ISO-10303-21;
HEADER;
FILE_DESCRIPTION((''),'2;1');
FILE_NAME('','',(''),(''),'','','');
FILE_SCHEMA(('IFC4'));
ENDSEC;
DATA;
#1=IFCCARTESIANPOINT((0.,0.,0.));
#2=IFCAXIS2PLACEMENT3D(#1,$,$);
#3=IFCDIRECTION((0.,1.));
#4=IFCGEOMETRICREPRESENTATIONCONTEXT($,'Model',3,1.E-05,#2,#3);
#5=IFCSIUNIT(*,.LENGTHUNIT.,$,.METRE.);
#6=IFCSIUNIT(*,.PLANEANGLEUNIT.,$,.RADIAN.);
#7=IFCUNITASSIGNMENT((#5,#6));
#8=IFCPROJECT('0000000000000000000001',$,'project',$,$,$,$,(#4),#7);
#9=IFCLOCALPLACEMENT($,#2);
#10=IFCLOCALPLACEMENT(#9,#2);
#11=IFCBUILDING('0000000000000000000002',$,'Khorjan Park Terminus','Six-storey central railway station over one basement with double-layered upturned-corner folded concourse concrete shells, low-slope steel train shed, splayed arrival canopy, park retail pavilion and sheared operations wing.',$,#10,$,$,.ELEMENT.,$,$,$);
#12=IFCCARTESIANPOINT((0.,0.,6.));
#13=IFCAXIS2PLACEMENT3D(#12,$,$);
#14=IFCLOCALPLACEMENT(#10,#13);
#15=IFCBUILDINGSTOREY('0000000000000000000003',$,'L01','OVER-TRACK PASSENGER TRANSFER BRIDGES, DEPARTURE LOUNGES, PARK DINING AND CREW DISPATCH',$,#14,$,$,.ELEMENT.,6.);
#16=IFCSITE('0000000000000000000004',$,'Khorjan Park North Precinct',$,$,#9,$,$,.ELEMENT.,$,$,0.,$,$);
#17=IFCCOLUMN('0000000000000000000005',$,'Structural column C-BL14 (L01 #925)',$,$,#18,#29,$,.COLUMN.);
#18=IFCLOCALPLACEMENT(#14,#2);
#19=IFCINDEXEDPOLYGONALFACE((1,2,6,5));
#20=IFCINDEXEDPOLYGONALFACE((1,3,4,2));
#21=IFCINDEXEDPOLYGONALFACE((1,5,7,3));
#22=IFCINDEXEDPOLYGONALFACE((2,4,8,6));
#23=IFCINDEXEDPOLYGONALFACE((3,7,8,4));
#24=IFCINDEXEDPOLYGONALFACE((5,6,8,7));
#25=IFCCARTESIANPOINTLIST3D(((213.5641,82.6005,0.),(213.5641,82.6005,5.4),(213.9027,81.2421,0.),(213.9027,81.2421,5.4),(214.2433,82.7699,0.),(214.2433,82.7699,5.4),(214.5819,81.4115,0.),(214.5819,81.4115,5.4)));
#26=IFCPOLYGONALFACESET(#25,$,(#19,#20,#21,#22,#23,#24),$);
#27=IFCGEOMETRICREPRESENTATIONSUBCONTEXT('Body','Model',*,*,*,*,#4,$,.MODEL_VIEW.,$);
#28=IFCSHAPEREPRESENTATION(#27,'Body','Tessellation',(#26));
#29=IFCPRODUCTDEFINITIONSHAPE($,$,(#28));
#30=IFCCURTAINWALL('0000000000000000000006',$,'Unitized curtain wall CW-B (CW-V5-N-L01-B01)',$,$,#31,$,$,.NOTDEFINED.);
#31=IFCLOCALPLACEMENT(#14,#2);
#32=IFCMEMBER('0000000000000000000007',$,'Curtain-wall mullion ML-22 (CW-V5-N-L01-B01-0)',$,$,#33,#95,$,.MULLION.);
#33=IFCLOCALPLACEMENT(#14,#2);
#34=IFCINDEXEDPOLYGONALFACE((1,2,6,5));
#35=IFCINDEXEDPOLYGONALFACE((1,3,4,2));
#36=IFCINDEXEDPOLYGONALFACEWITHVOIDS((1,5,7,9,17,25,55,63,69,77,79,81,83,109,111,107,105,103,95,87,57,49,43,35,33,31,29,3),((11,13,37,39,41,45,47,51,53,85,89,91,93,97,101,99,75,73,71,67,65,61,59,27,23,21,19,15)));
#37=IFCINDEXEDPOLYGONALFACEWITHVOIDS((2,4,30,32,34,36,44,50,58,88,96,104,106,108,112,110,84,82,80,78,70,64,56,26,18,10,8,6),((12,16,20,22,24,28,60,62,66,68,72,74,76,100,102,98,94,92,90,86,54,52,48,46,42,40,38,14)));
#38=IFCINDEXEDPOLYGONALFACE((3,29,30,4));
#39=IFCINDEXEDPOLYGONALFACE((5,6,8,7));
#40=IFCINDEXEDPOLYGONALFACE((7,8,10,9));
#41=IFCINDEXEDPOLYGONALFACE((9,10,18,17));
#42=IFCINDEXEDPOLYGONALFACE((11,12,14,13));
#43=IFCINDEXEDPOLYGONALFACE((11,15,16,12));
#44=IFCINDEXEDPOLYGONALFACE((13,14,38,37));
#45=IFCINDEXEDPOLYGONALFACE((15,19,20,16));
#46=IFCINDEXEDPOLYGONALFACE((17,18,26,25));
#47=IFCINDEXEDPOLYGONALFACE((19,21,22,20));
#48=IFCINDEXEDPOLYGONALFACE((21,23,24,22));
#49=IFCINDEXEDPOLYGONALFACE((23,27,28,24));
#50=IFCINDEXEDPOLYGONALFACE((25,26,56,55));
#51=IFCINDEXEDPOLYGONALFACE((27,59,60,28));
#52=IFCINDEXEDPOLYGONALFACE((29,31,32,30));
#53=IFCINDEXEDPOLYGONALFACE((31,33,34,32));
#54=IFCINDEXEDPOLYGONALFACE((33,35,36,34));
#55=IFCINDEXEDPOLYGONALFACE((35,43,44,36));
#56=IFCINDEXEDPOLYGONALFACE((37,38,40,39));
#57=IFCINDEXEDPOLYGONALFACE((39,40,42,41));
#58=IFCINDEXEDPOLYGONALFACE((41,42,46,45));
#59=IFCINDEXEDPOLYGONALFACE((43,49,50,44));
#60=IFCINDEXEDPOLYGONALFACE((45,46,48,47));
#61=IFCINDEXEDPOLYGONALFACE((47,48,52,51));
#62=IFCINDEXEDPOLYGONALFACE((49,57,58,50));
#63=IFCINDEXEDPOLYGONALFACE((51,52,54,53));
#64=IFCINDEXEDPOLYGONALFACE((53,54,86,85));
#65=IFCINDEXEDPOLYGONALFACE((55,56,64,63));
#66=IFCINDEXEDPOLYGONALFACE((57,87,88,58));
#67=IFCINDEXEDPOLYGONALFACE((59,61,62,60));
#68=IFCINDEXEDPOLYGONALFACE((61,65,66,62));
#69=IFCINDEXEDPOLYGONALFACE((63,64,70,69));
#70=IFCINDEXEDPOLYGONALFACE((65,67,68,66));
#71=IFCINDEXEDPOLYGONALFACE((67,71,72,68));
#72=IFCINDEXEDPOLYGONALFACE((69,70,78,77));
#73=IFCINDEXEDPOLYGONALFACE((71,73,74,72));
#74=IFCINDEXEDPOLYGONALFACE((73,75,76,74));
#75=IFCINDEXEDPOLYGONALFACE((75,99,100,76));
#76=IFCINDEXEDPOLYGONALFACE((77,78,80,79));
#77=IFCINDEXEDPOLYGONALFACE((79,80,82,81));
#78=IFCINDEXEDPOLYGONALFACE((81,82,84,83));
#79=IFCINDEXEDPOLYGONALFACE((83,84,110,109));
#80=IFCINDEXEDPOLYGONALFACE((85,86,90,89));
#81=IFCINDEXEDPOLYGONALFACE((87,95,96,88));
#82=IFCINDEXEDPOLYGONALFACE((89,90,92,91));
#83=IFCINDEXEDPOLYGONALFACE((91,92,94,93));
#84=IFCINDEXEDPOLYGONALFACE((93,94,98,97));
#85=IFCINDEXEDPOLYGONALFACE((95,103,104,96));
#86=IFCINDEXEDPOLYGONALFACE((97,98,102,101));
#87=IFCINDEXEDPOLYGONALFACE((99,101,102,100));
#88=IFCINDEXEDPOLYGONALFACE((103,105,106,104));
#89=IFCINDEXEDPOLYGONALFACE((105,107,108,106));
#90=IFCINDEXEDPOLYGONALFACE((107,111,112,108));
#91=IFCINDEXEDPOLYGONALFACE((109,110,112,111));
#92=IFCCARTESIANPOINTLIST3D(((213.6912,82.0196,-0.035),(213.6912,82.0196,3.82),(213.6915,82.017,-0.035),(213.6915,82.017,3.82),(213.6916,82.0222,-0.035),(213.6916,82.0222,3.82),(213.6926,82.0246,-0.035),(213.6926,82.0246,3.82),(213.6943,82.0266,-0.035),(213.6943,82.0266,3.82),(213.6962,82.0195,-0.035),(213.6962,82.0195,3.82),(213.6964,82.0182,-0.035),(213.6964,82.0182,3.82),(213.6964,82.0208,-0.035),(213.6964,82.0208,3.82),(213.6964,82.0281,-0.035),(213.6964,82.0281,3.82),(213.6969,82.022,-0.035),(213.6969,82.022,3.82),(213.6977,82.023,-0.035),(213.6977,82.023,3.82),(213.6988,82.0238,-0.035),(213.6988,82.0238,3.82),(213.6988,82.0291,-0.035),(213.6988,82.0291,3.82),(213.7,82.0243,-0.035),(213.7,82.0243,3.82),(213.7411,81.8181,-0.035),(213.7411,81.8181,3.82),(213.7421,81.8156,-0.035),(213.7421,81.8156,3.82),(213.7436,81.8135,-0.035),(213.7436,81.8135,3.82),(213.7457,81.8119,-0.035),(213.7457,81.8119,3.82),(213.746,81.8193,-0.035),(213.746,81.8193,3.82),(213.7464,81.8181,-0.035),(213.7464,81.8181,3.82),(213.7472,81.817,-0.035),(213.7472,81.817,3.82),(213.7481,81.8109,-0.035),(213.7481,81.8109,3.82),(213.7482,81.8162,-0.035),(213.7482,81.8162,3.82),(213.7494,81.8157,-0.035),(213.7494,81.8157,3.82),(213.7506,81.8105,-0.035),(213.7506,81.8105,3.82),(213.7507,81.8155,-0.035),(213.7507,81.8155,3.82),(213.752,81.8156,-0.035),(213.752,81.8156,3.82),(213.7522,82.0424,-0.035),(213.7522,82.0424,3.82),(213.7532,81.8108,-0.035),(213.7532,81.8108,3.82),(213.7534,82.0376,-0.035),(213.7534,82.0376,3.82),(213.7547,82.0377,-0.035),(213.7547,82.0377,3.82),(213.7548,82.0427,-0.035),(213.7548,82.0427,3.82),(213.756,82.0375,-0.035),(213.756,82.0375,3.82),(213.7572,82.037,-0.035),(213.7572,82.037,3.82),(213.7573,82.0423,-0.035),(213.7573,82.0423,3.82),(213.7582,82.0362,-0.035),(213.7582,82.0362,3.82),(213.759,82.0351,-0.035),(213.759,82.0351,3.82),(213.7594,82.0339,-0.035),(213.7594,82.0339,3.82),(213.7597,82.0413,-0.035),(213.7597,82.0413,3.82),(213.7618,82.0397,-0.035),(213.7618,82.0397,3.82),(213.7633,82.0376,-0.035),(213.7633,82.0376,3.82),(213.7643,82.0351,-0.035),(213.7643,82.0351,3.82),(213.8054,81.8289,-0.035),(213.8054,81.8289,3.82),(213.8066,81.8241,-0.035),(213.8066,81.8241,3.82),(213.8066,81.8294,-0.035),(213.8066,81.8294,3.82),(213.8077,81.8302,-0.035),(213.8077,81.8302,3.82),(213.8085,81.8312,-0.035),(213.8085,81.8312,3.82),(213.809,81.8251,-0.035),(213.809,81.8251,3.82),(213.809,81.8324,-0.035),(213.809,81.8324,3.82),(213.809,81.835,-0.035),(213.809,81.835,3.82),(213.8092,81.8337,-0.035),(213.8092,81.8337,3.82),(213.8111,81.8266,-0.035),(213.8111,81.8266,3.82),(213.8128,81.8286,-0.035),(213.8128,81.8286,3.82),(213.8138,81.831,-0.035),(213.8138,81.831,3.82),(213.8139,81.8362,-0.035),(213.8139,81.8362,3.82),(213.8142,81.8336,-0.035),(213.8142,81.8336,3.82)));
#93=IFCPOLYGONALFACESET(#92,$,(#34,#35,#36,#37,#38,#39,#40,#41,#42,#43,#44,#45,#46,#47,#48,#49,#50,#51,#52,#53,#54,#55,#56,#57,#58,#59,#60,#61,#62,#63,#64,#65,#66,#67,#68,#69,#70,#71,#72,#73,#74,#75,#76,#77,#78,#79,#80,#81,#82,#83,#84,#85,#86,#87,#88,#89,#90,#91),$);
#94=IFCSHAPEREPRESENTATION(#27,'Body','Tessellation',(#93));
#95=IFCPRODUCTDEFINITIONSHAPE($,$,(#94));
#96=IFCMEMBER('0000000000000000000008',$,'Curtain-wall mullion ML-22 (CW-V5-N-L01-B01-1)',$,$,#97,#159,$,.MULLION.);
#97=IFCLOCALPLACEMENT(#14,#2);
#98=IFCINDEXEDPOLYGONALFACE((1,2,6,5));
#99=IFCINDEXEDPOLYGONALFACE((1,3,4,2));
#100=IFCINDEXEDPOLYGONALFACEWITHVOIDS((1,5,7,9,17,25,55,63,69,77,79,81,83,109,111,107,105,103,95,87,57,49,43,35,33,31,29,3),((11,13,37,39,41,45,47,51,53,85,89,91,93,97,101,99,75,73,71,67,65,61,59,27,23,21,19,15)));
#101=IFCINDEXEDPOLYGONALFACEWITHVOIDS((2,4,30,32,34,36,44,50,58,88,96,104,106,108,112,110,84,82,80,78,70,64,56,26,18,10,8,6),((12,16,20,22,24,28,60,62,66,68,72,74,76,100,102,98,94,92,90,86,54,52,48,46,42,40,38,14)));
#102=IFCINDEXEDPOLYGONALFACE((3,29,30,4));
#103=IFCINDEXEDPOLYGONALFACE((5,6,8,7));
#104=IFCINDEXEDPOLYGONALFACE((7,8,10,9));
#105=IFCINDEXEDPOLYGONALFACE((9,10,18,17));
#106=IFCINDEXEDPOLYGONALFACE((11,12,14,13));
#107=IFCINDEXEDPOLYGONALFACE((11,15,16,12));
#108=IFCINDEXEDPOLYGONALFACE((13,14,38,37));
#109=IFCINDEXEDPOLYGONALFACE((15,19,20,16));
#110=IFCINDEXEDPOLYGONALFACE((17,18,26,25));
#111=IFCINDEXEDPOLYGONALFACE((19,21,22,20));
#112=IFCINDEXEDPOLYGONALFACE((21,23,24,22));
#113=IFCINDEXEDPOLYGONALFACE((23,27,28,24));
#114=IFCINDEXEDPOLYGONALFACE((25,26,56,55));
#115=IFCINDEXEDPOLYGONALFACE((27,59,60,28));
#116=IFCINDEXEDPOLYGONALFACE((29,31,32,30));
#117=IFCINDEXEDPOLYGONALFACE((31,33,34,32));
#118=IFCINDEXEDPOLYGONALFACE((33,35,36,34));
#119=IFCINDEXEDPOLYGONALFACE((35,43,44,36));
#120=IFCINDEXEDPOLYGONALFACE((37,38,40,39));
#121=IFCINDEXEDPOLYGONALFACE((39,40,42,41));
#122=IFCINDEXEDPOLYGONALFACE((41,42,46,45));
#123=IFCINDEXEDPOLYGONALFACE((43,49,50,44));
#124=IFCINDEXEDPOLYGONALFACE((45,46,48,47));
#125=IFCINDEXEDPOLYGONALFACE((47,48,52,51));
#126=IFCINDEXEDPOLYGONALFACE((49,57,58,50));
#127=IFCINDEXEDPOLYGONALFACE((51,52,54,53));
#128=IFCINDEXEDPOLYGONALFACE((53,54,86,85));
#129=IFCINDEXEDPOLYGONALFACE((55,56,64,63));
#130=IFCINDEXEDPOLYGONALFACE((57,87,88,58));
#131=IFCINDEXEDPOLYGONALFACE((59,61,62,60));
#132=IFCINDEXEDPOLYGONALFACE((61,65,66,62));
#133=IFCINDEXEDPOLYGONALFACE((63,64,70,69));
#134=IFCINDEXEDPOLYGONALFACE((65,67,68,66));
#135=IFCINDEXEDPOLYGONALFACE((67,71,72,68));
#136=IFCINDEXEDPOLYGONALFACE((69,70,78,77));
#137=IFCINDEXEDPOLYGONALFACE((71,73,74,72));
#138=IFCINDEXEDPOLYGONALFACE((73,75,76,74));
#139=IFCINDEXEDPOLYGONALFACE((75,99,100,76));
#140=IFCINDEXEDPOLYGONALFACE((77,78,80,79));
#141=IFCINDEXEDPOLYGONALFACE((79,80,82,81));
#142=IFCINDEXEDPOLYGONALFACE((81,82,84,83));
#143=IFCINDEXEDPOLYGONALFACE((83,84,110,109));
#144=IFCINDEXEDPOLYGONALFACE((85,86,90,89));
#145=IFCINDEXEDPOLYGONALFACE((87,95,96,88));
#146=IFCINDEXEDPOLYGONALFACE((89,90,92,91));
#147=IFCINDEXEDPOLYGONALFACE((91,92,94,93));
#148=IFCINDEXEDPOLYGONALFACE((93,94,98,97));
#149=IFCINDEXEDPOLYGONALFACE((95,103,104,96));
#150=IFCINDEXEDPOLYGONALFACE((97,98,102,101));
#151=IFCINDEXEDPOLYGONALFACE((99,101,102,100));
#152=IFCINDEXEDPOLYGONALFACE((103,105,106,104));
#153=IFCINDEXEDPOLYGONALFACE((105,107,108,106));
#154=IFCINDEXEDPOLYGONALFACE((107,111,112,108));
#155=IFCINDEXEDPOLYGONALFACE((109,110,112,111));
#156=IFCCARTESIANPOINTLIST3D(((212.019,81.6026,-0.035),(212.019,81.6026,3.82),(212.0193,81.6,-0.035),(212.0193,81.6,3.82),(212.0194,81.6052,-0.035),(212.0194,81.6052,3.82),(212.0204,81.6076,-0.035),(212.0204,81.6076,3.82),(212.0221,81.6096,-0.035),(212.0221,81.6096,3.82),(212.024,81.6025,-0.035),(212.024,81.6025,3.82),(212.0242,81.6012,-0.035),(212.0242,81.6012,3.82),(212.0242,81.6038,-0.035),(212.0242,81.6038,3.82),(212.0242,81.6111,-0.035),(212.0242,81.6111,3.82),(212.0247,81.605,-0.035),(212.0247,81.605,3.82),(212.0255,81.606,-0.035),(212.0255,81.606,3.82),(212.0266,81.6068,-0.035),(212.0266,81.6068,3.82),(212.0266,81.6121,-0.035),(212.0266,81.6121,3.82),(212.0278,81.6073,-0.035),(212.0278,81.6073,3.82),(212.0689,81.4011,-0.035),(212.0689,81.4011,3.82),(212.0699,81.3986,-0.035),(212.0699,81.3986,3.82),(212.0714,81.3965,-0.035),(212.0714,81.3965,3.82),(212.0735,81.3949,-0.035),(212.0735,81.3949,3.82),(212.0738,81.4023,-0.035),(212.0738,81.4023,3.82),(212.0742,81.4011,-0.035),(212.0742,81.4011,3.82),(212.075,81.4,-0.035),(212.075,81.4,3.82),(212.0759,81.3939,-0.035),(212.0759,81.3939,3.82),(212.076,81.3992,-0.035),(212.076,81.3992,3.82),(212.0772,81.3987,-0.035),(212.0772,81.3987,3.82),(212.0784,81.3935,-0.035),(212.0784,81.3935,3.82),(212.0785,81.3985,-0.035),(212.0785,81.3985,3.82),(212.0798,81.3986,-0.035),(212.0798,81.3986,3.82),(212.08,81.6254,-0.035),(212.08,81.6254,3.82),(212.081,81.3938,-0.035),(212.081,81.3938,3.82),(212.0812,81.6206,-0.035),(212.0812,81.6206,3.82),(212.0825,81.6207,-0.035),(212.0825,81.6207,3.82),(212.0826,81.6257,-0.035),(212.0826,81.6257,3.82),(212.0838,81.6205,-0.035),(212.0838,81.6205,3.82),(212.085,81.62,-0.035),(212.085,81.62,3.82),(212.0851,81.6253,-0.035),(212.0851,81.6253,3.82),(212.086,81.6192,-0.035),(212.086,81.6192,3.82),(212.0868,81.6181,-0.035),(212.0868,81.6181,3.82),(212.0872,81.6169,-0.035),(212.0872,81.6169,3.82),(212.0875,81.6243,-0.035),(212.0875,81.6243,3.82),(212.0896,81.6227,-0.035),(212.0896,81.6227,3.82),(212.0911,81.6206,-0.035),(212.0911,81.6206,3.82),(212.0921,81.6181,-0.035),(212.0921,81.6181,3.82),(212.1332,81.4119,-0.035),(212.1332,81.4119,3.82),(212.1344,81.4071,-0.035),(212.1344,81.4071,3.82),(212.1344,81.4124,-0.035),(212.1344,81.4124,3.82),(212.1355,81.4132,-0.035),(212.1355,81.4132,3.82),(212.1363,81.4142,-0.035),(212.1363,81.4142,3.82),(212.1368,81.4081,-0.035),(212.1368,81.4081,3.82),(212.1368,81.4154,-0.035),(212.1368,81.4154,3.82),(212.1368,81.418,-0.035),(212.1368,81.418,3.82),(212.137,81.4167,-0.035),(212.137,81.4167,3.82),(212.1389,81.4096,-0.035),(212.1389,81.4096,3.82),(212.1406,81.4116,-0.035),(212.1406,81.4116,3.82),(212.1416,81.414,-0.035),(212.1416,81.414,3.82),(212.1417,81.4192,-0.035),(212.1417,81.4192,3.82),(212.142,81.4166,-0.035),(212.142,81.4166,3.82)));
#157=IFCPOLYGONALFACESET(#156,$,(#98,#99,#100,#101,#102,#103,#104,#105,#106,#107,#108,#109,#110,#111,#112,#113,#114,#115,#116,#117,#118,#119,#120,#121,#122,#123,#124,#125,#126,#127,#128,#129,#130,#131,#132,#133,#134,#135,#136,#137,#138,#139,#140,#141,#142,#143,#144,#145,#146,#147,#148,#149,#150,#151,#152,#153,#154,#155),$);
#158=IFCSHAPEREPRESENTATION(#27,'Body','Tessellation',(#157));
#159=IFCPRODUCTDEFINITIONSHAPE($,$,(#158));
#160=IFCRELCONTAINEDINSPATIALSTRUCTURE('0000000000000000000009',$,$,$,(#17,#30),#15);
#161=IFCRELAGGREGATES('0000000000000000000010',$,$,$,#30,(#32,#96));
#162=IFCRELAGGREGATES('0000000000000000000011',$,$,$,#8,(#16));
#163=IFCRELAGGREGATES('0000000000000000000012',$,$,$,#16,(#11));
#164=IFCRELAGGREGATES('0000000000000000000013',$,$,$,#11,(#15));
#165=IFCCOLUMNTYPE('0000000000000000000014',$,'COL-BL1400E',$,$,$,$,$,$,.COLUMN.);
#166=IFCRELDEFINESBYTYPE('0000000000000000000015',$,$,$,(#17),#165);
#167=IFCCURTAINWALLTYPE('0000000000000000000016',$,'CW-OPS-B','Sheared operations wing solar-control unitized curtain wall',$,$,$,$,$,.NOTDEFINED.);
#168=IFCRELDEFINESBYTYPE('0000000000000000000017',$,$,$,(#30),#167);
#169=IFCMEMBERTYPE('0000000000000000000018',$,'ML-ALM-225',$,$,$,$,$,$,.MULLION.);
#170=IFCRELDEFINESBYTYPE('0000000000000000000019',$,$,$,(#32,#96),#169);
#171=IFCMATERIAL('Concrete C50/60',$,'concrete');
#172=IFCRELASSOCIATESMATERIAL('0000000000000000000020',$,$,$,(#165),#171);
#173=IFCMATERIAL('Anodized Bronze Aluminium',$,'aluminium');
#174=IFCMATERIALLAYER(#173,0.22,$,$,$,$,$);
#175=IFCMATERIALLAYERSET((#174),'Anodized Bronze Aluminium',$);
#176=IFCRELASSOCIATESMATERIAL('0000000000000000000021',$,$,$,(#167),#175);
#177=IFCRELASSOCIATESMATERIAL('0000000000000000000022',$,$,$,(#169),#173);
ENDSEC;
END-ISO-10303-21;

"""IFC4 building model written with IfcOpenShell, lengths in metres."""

from ifc_helpers import new_model, si_unit, direction, frame, origin, origin_2d, place, context, subcontext, project, spatial, rectangle, hollow_rectangle, extrude, material, layer, layer_set, material_profile, profile_set, type_object, element, aggregate, save


model = new_model("IFC4")

# Units and contexts
model_context = context("Model", 3, precision=1e-05, world=origin(), true_north=direction((0.0, 1.0)))
body_context = subcontext(model_context, "Body", "Model", "MODEL_VIEW")
ifc_project = project(units=[si_unit("LENGTHUNIT", "METRE"), si_unit("PLANEANGLEUNIT", "RADIAN")], contexts=[model_context])

# Site, building, storey
site_placement = place(None, origin())
site = spatial("IfcSite", under=ifc_project, at=site_placement, Name="Khorjan Park North Precinct", CompositionType="ELEMENT", RefElevation=0.0)
building_placement = place(site_placement, origin())
building = spatial("IfcBuilding", under=site, at=building_placement, Name="Khorjan Park Terminus", Description="Six-storey central railway station over one basement with double-layered upturned-corner folded concourse concrete shells, low-slope steel train shed, splayed arrival canopy, park retail pavilion and sheared operations wing.", CompositionType="ELEMENT")
storey_placement = place(building_placement, frame((0.0, 0.0, 6.0)))
storey = spatial("IfcBuildingStorey", under=building, at=storey_placement, Name="L01", Description="OVER-TRACK PASSENGER TRANSFER BRIDGES, DEPARTURE LOUNGES, PARK DINING AND CREW DISPATCH", CompositionType="ELEMENT", Elevation=6.0)

# Column
ifc_material_1 = material(Name="Concrete C50/60", Category="concrete")
ifc_material_profile_1 = material_profile(ifc_material_1, rectangle(XDim=0.7, YDim=1.4, at=origin_2d()), Name="RC 700x1400")
ifc_profile_set_1 = profile_set([ifc_material_profile_1], Name="Concrete C50/60")
column_type = type_object("IfcColumnType", Name="COL-BL1400E", PredefinedType="COLUMN", material=ifc_profile_set_1)
column_placement = place(storey_placement, frame((214.073, 82.006, 0.0), z_axis=(0.0, 0.0, 1.0), x_axis=(0.970296, 0.241922, 0.0)))
element("IfcColumn", 1, at=column_placement, inside=storey, type_object=column_type, Name="Structural column C-BL14 (L01 #925)", PredefinedType="COLUMN", context=body_context, shape_type="SweptSolid", body=[
    extrude(rectangle(XDim=0.7, YDim=1.4, at=origin_2d()), origin(), (0.0, 0.0, 1.0), 5.4),
])

# Curtain wall, members
ifc_material_2 = material(Name="Anodized Bronze Aluminium", Category="aluminium")
ifc_layer_1 = layer(ifc_material_2, 0.22)
ifc_layer_set_1 = layer_set([ifc_layer_1], Name="Anodized Bronze Aluminium")
curtain_wall_type = type_object("IfcCurtainWallType", Name="CW-OPS-B", Description="Sheared operations wing solar-control unitized curtain wall", PredefinedType="NOTDEFINED", material=ifc_layer_set_1)
curtain_wall_placement = place(storey_placement, origin())
curtain_wall = element("IfcCurtainWall", 2, at=curtain_wall_placement, inside=storey, type_object=curtain_wall_type, Name="Unitized curtain wall CW-B (CW-V5-N-L01-B01)", PredefinedType="NOTDEFINED")
ifc_material_profile_2 = material_profile(ifc_material_2, hollow_rectangle(XDim=0.075, YDim=0.225, WallThickness=0.005, InnerFilletRadius=0.005, OuterFilletRadius=0.01, at=origin_2d()), Name="ALM 75x225x5")
ifc_profile_set_2 = profile_set([ifc_material_profile_2], Name="Anodized Bronze Aluminium")
member_type_1 = type_object("IfcMemberType", Name="ML-ALM-225", PredefinedType="MULLION", material=ifc_profile_set_2)
member_1_placement = place(storey_placement, frame((213.7527, 81.9266, -0.035), z_axis=(0.0, 0.0, 1.0), x_axis=(-0.970294, -0.241928, 0.0)))
member_1 = element("IfcMember", 3, at=member_1_placement, type_object=member_type_1, Name="Curtain-wall mullion ML-22 (CW-V5-N-L01-B01-0)", PredefinedType="MULLION", context=body_context, shape_type="SweptSolid", body=[
    extrude(hollow_rectangle(XDim=0.075, YDim=0.225, WallThickness=0.005, InnerFilletRadius=0.005, OuterFilletRadius=0.01, at=origin_2d()), origin(), (0.0, 0.0, 1.0), 3.855),
])
member_2_placement = place(storey_placement, frame((212.0805, 81.5096, -0.035), z_axis=(0.0, 0.0, 1.0), x_axis=(-0.970294, -0.241928, 0.0)))
member_2 = element("IfcMember", 4, at=member_2_placement, type_object=member_type_1, Name="Curtain-wall mullion ML-22 (CW-V5-N-L01-B01-1)", PredefinedType="MULLION", context=body_context, shape_type="SweptSolid", body=[
    extrude(hollow_rectangle(XDim=0.075, YDim=0.225, WallThickness=0.005, InnerFilletRadius=0.005, OuterFilletRadius=0.01, at=origin_2d()), origin(), (0.0, 0.0, 1.0), 3.855),
])
aggregate(curtain_wall, [member_1, member_2])

save(model, "model.ifc")
